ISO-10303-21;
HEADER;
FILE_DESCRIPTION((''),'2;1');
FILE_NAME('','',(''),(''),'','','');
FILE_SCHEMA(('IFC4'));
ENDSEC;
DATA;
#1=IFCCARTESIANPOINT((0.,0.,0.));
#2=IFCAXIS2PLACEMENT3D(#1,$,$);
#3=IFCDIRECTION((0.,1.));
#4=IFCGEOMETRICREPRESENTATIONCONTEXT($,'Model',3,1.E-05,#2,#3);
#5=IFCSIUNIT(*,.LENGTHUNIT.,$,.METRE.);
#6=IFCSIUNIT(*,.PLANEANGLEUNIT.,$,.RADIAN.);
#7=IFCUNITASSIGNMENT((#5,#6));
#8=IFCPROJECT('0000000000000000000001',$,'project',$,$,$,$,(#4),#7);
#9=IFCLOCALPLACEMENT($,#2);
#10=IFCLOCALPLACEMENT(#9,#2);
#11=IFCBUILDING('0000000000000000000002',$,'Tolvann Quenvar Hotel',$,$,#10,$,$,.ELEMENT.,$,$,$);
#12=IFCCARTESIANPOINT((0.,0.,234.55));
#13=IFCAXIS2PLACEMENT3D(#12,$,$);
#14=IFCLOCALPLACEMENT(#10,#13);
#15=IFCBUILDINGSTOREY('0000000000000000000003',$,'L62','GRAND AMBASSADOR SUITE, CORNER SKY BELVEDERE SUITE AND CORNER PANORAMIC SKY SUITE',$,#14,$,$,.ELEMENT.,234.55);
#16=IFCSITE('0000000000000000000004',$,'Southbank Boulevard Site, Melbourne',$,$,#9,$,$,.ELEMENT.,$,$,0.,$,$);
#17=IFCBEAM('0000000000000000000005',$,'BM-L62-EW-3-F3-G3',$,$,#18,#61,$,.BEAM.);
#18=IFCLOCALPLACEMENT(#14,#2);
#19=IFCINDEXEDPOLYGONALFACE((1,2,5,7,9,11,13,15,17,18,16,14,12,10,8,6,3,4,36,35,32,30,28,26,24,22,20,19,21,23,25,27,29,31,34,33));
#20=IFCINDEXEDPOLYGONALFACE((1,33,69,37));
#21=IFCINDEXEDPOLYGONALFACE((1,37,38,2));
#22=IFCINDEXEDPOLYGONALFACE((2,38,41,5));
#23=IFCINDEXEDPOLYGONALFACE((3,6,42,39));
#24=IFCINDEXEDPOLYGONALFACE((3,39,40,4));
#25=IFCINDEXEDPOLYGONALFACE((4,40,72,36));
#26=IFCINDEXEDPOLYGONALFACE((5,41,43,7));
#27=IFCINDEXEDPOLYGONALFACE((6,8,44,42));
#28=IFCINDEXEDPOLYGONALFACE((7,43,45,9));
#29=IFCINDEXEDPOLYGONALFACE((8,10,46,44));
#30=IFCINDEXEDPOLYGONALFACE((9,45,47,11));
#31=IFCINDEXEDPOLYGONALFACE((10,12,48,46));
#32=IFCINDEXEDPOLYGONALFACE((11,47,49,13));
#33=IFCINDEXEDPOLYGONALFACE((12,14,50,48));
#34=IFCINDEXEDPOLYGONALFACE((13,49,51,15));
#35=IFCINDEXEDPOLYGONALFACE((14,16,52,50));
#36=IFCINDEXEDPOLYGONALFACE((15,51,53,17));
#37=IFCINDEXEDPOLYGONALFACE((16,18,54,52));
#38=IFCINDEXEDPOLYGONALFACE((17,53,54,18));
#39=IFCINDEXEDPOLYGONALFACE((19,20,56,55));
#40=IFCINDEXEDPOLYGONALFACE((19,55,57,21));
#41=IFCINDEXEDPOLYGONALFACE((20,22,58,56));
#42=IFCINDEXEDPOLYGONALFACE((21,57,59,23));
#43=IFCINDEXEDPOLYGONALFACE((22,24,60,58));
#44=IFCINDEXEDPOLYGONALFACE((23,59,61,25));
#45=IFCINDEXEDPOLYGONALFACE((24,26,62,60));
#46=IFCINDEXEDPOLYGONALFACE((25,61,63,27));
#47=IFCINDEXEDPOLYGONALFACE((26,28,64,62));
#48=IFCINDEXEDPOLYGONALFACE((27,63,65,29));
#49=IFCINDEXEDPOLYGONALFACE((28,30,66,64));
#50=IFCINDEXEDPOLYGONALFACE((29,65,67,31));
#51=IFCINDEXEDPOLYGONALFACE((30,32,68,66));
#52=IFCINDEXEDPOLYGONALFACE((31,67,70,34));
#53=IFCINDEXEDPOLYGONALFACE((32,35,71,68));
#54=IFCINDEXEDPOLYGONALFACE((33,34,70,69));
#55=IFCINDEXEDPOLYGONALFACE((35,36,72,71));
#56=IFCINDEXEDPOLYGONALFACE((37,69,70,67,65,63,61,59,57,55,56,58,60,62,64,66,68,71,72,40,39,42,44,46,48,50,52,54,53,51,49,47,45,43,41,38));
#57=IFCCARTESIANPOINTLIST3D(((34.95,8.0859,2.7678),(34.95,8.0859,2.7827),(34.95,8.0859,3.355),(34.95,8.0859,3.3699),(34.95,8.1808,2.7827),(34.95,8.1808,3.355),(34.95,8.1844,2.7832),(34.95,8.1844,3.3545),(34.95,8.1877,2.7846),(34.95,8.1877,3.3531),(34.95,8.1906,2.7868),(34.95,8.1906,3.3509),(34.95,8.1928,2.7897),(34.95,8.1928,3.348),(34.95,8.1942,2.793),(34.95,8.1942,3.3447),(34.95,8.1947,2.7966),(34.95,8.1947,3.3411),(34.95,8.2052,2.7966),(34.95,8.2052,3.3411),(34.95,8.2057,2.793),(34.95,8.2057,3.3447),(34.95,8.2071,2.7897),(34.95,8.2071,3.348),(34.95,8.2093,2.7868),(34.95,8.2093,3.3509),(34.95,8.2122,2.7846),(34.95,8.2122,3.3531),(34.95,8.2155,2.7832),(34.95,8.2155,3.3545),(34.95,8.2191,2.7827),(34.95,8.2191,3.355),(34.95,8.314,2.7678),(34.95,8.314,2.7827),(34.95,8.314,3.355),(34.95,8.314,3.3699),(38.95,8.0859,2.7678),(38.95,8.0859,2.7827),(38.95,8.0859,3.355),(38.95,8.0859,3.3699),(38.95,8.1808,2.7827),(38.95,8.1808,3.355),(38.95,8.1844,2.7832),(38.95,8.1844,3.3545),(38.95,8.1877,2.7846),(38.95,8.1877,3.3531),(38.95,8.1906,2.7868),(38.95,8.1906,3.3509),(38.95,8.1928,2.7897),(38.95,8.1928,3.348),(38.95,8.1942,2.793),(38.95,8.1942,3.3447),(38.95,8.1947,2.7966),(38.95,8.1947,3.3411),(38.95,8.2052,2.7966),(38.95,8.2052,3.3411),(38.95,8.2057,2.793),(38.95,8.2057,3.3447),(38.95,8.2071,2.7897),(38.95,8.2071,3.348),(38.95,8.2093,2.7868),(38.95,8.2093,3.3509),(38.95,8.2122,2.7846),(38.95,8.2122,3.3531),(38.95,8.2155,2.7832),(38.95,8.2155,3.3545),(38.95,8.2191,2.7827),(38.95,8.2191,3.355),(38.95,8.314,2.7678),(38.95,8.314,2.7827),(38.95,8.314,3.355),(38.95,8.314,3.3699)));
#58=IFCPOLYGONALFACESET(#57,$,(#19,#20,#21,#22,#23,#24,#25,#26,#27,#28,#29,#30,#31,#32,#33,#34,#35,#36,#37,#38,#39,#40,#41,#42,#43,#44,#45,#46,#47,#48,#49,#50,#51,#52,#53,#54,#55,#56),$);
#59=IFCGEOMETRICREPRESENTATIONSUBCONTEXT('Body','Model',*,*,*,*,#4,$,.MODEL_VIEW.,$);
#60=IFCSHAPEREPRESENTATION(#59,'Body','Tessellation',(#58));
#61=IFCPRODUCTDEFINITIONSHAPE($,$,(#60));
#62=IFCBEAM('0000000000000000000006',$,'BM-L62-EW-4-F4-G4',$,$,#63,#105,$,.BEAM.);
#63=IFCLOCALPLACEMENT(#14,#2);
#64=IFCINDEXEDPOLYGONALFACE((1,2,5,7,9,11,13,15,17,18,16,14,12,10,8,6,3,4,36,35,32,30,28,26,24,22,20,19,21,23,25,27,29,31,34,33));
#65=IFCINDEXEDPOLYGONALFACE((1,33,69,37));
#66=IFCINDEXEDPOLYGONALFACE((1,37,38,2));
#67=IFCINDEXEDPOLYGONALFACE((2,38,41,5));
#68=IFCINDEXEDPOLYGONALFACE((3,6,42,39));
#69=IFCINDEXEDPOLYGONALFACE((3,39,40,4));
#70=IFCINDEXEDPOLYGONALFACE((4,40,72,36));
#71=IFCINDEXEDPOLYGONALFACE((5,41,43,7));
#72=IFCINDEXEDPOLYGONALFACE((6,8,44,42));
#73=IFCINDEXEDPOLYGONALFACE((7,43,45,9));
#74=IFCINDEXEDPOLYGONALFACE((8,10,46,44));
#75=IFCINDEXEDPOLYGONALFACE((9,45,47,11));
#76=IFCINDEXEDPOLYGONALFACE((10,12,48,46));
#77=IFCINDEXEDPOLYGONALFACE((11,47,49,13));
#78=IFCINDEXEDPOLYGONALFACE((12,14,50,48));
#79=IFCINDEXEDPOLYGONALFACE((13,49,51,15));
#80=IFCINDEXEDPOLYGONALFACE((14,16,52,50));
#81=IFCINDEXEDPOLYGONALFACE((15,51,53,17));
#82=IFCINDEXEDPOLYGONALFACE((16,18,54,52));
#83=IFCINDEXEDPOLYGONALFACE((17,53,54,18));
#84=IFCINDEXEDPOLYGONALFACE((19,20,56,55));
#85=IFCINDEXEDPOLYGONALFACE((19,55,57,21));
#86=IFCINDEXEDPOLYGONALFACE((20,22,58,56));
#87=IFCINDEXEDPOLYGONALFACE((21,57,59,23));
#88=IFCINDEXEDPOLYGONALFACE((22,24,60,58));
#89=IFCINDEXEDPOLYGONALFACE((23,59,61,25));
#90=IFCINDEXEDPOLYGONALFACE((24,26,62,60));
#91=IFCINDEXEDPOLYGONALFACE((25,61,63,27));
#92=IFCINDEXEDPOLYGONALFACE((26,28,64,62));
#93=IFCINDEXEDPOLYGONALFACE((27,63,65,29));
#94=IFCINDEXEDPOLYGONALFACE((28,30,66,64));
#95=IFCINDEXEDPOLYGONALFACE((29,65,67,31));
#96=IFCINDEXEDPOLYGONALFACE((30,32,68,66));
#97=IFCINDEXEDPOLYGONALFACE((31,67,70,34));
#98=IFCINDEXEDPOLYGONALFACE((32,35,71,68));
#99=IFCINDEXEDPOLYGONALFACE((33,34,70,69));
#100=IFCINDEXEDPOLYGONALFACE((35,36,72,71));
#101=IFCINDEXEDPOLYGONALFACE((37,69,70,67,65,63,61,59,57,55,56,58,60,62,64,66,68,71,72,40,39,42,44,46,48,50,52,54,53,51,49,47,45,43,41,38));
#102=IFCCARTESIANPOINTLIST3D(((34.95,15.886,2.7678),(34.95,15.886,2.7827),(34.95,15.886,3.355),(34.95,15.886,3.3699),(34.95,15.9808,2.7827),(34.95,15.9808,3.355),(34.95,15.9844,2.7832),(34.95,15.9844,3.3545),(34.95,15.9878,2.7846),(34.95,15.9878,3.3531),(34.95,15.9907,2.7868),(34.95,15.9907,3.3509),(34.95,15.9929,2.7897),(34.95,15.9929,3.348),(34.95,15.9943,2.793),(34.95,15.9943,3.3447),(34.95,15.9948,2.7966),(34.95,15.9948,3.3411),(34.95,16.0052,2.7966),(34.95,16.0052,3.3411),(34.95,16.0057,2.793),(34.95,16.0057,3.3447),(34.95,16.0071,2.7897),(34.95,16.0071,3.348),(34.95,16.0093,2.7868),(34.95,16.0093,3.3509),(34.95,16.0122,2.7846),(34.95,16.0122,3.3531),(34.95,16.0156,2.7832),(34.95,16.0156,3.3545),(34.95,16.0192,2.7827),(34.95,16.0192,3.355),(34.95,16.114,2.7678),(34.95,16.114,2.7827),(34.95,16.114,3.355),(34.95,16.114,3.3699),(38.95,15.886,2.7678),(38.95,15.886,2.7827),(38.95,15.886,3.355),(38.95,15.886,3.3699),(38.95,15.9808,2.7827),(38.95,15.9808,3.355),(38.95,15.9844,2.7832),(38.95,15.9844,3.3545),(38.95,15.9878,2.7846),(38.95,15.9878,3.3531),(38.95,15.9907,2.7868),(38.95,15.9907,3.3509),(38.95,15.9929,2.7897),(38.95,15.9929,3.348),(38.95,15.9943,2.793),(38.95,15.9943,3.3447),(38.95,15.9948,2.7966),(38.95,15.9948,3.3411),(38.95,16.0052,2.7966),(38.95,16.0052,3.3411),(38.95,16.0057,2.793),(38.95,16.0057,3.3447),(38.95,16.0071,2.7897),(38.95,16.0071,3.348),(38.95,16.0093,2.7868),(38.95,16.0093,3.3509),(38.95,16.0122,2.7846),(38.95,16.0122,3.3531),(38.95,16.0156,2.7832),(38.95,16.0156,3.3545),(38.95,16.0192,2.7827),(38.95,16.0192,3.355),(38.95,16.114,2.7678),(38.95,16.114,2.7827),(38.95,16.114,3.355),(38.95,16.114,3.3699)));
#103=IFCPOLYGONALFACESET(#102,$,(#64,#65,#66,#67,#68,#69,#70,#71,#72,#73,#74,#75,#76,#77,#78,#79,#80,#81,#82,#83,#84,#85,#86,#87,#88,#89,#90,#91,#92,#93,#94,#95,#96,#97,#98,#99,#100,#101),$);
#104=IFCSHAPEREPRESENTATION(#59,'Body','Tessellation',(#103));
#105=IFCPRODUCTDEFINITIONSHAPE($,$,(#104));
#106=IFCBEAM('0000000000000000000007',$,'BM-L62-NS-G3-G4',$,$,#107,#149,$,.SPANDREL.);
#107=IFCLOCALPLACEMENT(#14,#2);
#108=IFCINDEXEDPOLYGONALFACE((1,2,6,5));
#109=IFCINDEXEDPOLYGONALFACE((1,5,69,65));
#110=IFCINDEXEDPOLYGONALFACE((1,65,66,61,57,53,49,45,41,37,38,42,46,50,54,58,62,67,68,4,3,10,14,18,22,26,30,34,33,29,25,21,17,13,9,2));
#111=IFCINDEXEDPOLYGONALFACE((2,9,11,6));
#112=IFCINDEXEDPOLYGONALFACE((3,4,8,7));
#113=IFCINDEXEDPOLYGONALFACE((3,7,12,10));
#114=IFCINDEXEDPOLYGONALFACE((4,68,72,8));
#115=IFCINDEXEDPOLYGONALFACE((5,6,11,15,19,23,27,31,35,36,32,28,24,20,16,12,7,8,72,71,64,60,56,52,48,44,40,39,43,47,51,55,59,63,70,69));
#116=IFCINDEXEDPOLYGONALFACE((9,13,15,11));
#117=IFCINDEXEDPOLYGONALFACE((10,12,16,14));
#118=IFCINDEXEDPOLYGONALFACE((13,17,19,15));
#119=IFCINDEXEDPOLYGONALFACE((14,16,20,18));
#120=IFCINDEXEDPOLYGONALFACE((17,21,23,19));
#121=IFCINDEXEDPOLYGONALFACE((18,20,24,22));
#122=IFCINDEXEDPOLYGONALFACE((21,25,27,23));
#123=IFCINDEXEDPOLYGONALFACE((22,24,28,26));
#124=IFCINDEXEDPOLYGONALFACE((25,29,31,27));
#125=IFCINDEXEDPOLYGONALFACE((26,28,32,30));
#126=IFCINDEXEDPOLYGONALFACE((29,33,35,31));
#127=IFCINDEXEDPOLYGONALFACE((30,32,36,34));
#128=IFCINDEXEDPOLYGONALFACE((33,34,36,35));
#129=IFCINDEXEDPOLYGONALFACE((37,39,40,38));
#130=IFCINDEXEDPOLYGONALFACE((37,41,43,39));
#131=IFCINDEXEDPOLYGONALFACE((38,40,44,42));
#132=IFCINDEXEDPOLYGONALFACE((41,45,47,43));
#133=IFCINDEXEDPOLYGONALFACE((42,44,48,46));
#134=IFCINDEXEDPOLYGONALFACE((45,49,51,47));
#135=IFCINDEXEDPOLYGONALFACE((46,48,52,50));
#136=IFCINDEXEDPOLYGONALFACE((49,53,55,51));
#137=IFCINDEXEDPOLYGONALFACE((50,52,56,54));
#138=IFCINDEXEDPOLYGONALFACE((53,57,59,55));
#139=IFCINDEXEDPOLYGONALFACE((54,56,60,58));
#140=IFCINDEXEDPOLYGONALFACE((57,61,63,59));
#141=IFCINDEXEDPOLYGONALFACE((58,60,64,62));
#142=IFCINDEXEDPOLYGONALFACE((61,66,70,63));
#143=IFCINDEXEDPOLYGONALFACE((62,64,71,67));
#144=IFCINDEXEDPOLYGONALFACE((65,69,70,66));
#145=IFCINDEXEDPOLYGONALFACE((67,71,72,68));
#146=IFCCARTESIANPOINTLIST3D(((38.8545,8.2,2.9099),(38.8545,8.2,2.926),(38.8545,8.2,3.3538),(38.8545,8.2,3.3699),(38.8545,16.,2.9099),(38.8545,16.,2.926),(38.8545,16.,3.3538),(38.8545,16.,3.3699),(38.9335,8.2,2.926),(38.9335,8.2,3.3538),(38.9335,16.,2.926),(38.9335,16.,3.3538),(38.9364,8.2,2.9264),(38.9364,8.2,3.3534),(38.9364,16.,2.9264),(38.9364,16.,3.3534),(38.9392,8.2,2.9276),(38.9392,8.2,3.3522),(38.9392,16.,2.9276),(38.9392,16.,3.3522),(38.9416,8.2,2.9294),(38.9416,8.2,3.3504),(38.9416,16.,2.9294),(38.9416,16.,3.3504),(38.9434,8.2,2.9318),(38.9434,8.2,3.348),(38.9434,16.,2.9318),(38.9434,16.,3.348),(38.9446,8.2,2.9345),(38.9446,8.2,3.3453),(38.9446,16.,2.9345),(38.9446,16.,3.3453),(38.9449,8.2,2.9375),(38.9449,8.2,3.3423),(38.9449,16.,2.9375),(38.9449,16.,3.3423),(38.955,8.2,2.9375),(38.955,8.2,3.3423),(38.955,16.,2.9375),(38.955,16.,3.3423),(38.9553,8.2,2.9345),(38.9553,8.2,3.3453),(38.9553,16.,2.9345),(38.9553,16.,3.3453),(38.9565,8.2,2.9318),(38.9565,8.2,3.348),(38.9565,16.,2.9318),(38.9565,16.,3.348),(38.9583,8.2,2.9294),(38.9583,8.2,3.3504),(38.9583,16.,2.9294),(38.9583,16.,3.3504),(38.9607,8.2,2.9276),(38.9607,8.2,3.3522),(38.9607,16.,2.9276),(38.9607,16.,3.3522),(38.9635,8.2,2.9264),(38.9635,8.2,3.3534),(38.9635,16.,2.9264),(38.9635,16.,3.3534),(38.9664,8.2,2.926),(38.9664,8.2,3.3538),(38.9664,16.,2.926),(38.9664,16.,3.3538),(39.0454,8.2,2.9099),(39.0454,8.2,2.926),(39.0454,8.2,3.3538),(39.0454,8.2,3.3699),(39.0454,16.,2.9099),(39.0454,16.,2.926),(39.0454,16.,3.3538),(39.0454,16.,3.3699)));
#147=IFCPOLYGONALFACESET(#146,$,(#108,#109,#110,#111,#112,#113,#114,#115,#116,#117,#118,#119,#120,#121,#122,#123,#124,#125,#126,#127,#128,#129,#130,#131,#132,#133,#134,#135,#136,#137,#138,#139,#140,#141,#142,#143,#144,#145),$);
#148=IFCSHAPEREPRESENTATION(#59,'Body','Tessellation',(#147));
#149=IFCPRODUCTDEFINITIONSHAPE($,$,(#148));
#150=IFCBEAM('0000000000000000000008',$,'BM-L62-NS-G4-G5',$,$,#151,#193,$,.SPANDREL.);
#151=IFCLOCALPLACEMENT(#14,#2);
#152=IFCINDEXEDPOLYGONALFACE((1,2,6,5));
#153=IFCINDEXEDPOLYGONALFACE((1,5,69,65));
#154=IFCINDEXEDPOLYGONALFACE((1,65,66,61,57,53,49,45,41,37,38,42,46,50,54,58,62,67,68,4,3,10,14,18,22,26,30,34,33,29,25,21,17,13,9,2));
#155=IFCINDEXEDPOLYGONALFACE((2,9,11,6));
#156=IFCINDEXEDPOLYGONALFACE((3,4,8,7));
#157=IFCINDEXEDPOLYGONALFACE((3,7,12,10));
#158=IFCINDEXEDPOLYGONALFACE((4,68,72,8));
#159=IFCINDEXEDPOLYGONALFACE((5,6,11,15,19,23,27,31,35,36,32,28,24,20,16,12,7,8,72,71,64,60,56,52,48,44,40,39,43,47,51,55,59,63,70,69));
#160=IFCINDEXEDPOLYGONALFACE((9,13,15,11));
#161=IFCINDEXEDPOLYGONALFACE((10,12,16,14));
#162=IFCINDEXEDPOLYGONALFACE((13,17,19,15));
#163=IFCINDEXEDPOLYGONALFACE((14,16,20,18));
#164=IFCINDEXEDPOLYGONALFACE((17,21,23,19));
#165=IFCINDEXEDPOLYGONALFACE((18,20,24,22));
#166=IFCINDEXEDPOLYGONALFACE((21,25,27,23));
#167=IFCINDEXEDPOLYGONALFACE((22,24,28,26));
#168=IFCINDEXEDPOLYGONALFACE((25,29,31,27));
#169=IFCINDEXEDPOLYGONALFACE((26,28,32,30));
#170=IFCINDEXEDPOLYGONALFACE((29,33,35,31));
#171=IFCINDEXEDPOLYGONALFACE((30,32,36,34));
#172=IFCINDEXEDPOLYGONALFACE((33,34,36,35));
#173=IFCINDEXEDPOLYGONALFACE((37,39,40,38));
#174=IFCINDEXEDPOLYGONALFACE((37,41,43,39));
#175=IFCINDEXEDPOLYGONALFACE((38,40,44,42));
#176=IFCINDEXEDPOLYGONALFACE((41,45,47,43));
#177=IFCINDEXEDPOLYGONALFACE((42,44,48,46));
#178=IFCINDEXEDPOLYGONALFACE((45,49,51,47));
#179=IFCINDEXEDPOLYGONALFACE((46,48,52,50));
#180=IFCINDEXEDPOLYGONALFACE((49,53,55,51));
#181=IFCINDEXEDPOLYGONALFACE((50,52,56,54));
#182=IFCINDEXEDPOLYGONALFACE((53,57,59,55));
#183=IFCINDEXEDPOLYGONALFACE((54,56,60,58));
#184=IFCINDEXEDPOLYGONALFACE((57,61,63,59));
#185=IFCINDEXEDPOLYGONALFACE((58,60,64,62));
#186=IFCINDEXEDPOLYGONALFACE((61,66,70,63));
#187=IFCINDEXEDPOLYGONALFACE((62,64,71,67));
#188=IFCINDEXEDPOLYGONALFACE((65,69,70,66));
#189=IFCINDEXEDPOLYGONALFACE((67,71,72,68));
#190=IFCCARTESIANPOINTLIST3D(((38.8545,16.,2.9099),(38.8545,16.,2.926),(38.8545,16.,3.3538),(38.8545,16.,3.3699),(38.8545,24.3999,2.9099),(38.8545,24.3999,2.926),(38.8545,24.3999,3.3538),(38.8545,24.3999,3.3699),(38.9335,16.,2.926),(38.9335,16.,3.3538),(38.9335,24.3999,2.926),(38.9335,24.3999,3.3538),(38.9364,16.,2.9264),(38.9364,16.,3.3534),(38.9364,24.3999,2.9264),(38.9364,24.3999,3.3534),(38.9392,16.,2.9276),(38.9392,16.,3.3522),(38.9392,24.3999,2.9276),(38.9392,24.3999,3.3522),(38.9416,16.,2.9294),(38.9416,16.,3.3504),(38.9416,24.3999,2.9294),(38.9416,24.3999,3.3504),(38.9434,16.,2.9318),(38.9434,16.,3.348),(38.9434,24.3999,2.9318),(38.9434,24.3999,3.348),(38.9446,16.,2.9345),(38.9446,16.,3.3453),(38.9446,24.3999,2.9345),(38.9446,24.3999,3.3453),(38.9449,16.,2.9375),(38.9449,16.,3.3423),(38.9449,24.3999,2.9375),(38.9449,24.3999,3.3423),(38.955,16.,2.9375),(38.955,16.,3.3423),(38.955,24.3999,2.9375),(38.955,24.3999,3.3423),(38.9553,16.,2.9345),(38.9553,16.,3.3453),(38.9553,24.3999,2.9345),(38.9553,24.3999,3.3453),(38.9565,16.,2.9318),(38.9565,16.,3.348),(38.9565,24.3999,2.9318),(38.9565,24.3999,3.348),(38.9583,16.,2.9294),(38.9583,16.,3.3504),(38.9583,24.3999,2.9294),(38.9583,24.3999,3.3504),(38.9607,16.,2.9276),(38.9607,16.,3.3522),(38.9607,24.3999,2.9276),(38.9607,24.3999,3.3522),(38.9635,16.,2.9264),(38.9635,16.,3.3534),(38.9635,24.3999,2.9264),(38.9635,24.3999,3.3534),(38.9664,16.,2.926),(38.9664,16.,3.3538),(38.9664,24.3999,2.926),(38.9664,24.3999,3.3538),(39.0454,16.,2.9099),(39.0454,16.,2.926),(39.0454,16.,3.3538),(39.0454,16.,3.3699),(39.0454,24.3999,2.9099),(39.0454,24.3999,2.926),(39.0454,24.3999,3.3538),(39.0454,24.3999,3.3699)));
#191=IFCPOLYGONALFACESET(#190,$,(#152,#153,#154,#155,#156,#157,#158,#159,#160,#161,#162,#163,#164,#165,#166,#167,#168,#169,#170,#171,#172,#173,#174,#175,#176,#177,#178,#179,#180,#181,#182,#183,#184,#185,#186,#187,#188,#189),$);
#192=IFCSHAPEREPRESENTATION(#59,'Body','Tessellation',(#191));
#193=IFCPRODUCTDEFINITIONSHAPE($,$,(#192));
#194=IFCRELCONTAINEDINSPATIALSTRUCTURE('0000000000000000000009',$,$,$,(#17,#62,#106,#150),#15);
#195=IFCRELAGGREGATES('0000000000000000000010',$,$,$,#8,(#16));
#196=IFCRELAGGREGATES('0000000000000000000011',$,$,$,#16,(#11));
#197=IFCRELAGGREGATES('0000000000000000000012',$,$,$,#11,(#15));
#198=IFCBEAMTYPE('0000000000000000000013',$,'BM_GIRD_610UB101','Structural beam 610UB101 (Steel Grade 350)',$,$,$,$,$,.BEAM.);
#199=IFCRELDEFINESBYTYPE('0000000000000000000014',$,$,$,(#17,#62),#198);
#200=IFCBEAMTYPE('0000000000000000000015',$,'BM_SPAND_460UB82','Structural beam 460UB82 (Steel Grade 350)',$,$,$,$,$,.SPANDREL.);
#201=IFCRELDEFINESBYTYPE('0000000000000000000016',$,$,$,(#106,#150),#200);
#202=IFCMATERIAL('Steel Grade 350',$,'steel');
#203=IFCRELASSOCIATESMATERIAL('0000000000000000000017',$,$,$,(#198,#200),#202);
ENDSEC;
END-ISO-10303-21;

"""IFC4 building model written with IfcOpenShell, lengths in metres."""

from ifc_helpers import new_model, si_unit, direction, frame, origin, origin_2d, place, context, subcontext, project, spatial, i_section, extrude, source, transform, mapped, material, material_profile, profile_set, type_object, type_shapes, element, save


model = new_model("IFC4")

# Units and contexts
model_context = context("Model", 3, precision=1e-05, world=origin(), true_north=direction((0.0, 1.0)))
body_context = subcontext(model_context, "Body", "Model", "MODEL_VIEW")
ifc_project = project(units=[si_unit("LENGTHUNIT", "METRE"), si_unit("PLANEANGLEUNIT", "RADIAN")], contexts=[model_context])

# Site, building, storey
site_placement = place(None, origin())
site = spatial("IfcSite", under=ifc_project, at=site_placement, Name="Southbank Boulevard Site, Melbourne", CompositionType="ELEMENT", RefElevation=0.0)
building_placement = place(site_placement, origin())
building = spatial("IfcBuilding", under=site, at=building_placement, Name="Tolvann Quenvar Hotel", CompositionType="ELEMENT")
storey_placement = place(building_placement, frame((0.0, 0.0, 234.55)))
storey = spatial("IfcBuildingStorey", under=building, at=storey_placement, Name="L62", Description="GRAND AMBASSADOR SUITE, CORNER SKY BELVEDERE SUITE AND CORNER PANORAMIC SKY SUITE", CompositionType="ELEMENT", Elevation=234.55)

# Shared definitions
ifc_material_1 = material(Name="Steel Grade 350", Category="steel")

# Beams
ifc_material_profile_1 = material_profile(ifc_material_1, i_section(OverallWidth=0.228, OverallDepth=0.6021, WebThickness=0.0105, FlangeThickness=0.0149, FilletRadius=0.0139, at=origin_2d()), Name="610UB101")
ifc_profile_set_1 = profile_set([ifc_material_profile_1], Name="Steel Grade 350")
beam_type_1 = type_object("IfcBeamType", Name="BM_GIRD_610UB101", Description="Structural beam 610UB101 (Steel Grade 350)", PredefinedType="BEAM", material=ifc_profile_set_1)
shared_shape_1 = source(origin(), body_context, "Body", "SweptSolid", [
    extrude(i_section(OverallWidth=0.228, OverallDepth=0.6021, WebThickness=0.0105, FlangeThickness=0.0149, FilletRadius=0.0139, at=origin_2d()), origin(), (0.0, 0.0, 1.0), 4.0),
])
type_shapes(beam_type_1, [shared_shape_1])
for number, where, z_axis, x_axis, name in (
    (1, (34.95, 8.2, 3.0688), (1.0, 0.0, 0.0), (0.0, 1.0, 0.0), "BM-L62-EW-3-F3-G3"),
    (2, (34.95, 16.0, 3.0688), (1.0, 0.0, 0.0), (0.0, 1.0, 0.0), "BM-L62-EW-4-F4-G4"),
):
    element("IfcBeam", number, at=place(storey_placement, frame(where, z_axis=z_axis, x_axis=x_axis)), inside=storey, type_object=beam_type_1, Name=name, PredefinedType="BEAM", context=body_context, shape_type="MappedRepresentation", body=[
        mapped(shared_shape_1, transform((0.0, 0.0, 0.0), x_axis=(1.0, 0.0, 0.0), y_axis=(0.0, 1.0, 0.0), z_axis=(0.0, 0.0, 1.0), scale=1.0)),
    ])
ifc_material_profile_2 = material_profile(ifc_material_1, i_section(OverallWidth=0.1909, OverallDepth=0.46, WebThickness=0.01, FlangeThickness=0.0161, FilletRadius=0.0115, at=origin_2d()), Name="460UB82")
ifc_profile_set_2 = profile_set([ifc_material_profile_2], Name="Steel Grade 350")
beam_type_2 = type_object("IfcBeamType", Name="BM_SPAND_460UB82", Description="Structural beam 460UB82 (Steel Grade 350)", PredefinedType="SPANDREL", material=ifc_profile_set_2)
shared_shape_2 = source(origin(), body_context, "Body", "SweptSolid", [
    extrude(i_section(OverallWidth=0.1909, OverallDepth=0.46, WebThickness=0.01, FlangeThickness=0.0161, FilletRadius=0.0115, at=origin_2d()), origin(), (0.0, 0.0, 1.0), 7.8),
])
beam_1_placement = place(storey_placement, frame((38.95, 8.2, 3.1399), z_axis=(0.0, 1.0, 0.0), x_axis=(-1.0, 0.0, 0.0)))
element("IfcBeam", 3, at=beam_1_placement, inside=storey, type_object=beam_type_2, Name="BM-L62-NS-G3-G4", PredefinedType="SPANDREL", context=body_context, shape_type="MappedRepresentation", body=[
    mapped(shared_shape_2, transform((0.0, 0.0, 0.0), x_axis=(1.0, 0.0, 0.0), y_axis=(0.0, 1.0, 0.0), z_axis=(0.0, 0.0, 1.0), scale=1.0)),
])
shared_shape_3 = source(origin(), body_context, "Body", "SweptSolid", [
    extrude(i_section(OverallWidth=0.1909, OverallDepth=0.46, WebThickness=0.01, FlangeThickness=0.0161, FilletRadius=0.0115, at=origin_2d()), origin(), (0.0, 0.0, 1.0), 8.3999),
])
beam_2_placement = place(storey_placement, frame((38.95, 16.0, 3.1399), z_axis=(0.0, 1.0, 0.0), x_axis=(-1.0, 0.0, 0.0)))
element("IfcBeam", 4, at=beam_2_placement, inside=storey, type_object=beam_type_2, Name="BM-L62-NS-G4-G5", PredefinedType="SPANDREL", context=body_context, shape_type="MappedRepresentation", body=[
    mapped(shared_shape_3, transform((0.0, 0.0, 0.0), x_axis=(1.0, 0.0, 0.0), y_axis=(0.0, 1.0, 0.0), z_axis=(0.0, 0.0, 1.0), scale=1.0)),
])

save(model, "model.ifc")
